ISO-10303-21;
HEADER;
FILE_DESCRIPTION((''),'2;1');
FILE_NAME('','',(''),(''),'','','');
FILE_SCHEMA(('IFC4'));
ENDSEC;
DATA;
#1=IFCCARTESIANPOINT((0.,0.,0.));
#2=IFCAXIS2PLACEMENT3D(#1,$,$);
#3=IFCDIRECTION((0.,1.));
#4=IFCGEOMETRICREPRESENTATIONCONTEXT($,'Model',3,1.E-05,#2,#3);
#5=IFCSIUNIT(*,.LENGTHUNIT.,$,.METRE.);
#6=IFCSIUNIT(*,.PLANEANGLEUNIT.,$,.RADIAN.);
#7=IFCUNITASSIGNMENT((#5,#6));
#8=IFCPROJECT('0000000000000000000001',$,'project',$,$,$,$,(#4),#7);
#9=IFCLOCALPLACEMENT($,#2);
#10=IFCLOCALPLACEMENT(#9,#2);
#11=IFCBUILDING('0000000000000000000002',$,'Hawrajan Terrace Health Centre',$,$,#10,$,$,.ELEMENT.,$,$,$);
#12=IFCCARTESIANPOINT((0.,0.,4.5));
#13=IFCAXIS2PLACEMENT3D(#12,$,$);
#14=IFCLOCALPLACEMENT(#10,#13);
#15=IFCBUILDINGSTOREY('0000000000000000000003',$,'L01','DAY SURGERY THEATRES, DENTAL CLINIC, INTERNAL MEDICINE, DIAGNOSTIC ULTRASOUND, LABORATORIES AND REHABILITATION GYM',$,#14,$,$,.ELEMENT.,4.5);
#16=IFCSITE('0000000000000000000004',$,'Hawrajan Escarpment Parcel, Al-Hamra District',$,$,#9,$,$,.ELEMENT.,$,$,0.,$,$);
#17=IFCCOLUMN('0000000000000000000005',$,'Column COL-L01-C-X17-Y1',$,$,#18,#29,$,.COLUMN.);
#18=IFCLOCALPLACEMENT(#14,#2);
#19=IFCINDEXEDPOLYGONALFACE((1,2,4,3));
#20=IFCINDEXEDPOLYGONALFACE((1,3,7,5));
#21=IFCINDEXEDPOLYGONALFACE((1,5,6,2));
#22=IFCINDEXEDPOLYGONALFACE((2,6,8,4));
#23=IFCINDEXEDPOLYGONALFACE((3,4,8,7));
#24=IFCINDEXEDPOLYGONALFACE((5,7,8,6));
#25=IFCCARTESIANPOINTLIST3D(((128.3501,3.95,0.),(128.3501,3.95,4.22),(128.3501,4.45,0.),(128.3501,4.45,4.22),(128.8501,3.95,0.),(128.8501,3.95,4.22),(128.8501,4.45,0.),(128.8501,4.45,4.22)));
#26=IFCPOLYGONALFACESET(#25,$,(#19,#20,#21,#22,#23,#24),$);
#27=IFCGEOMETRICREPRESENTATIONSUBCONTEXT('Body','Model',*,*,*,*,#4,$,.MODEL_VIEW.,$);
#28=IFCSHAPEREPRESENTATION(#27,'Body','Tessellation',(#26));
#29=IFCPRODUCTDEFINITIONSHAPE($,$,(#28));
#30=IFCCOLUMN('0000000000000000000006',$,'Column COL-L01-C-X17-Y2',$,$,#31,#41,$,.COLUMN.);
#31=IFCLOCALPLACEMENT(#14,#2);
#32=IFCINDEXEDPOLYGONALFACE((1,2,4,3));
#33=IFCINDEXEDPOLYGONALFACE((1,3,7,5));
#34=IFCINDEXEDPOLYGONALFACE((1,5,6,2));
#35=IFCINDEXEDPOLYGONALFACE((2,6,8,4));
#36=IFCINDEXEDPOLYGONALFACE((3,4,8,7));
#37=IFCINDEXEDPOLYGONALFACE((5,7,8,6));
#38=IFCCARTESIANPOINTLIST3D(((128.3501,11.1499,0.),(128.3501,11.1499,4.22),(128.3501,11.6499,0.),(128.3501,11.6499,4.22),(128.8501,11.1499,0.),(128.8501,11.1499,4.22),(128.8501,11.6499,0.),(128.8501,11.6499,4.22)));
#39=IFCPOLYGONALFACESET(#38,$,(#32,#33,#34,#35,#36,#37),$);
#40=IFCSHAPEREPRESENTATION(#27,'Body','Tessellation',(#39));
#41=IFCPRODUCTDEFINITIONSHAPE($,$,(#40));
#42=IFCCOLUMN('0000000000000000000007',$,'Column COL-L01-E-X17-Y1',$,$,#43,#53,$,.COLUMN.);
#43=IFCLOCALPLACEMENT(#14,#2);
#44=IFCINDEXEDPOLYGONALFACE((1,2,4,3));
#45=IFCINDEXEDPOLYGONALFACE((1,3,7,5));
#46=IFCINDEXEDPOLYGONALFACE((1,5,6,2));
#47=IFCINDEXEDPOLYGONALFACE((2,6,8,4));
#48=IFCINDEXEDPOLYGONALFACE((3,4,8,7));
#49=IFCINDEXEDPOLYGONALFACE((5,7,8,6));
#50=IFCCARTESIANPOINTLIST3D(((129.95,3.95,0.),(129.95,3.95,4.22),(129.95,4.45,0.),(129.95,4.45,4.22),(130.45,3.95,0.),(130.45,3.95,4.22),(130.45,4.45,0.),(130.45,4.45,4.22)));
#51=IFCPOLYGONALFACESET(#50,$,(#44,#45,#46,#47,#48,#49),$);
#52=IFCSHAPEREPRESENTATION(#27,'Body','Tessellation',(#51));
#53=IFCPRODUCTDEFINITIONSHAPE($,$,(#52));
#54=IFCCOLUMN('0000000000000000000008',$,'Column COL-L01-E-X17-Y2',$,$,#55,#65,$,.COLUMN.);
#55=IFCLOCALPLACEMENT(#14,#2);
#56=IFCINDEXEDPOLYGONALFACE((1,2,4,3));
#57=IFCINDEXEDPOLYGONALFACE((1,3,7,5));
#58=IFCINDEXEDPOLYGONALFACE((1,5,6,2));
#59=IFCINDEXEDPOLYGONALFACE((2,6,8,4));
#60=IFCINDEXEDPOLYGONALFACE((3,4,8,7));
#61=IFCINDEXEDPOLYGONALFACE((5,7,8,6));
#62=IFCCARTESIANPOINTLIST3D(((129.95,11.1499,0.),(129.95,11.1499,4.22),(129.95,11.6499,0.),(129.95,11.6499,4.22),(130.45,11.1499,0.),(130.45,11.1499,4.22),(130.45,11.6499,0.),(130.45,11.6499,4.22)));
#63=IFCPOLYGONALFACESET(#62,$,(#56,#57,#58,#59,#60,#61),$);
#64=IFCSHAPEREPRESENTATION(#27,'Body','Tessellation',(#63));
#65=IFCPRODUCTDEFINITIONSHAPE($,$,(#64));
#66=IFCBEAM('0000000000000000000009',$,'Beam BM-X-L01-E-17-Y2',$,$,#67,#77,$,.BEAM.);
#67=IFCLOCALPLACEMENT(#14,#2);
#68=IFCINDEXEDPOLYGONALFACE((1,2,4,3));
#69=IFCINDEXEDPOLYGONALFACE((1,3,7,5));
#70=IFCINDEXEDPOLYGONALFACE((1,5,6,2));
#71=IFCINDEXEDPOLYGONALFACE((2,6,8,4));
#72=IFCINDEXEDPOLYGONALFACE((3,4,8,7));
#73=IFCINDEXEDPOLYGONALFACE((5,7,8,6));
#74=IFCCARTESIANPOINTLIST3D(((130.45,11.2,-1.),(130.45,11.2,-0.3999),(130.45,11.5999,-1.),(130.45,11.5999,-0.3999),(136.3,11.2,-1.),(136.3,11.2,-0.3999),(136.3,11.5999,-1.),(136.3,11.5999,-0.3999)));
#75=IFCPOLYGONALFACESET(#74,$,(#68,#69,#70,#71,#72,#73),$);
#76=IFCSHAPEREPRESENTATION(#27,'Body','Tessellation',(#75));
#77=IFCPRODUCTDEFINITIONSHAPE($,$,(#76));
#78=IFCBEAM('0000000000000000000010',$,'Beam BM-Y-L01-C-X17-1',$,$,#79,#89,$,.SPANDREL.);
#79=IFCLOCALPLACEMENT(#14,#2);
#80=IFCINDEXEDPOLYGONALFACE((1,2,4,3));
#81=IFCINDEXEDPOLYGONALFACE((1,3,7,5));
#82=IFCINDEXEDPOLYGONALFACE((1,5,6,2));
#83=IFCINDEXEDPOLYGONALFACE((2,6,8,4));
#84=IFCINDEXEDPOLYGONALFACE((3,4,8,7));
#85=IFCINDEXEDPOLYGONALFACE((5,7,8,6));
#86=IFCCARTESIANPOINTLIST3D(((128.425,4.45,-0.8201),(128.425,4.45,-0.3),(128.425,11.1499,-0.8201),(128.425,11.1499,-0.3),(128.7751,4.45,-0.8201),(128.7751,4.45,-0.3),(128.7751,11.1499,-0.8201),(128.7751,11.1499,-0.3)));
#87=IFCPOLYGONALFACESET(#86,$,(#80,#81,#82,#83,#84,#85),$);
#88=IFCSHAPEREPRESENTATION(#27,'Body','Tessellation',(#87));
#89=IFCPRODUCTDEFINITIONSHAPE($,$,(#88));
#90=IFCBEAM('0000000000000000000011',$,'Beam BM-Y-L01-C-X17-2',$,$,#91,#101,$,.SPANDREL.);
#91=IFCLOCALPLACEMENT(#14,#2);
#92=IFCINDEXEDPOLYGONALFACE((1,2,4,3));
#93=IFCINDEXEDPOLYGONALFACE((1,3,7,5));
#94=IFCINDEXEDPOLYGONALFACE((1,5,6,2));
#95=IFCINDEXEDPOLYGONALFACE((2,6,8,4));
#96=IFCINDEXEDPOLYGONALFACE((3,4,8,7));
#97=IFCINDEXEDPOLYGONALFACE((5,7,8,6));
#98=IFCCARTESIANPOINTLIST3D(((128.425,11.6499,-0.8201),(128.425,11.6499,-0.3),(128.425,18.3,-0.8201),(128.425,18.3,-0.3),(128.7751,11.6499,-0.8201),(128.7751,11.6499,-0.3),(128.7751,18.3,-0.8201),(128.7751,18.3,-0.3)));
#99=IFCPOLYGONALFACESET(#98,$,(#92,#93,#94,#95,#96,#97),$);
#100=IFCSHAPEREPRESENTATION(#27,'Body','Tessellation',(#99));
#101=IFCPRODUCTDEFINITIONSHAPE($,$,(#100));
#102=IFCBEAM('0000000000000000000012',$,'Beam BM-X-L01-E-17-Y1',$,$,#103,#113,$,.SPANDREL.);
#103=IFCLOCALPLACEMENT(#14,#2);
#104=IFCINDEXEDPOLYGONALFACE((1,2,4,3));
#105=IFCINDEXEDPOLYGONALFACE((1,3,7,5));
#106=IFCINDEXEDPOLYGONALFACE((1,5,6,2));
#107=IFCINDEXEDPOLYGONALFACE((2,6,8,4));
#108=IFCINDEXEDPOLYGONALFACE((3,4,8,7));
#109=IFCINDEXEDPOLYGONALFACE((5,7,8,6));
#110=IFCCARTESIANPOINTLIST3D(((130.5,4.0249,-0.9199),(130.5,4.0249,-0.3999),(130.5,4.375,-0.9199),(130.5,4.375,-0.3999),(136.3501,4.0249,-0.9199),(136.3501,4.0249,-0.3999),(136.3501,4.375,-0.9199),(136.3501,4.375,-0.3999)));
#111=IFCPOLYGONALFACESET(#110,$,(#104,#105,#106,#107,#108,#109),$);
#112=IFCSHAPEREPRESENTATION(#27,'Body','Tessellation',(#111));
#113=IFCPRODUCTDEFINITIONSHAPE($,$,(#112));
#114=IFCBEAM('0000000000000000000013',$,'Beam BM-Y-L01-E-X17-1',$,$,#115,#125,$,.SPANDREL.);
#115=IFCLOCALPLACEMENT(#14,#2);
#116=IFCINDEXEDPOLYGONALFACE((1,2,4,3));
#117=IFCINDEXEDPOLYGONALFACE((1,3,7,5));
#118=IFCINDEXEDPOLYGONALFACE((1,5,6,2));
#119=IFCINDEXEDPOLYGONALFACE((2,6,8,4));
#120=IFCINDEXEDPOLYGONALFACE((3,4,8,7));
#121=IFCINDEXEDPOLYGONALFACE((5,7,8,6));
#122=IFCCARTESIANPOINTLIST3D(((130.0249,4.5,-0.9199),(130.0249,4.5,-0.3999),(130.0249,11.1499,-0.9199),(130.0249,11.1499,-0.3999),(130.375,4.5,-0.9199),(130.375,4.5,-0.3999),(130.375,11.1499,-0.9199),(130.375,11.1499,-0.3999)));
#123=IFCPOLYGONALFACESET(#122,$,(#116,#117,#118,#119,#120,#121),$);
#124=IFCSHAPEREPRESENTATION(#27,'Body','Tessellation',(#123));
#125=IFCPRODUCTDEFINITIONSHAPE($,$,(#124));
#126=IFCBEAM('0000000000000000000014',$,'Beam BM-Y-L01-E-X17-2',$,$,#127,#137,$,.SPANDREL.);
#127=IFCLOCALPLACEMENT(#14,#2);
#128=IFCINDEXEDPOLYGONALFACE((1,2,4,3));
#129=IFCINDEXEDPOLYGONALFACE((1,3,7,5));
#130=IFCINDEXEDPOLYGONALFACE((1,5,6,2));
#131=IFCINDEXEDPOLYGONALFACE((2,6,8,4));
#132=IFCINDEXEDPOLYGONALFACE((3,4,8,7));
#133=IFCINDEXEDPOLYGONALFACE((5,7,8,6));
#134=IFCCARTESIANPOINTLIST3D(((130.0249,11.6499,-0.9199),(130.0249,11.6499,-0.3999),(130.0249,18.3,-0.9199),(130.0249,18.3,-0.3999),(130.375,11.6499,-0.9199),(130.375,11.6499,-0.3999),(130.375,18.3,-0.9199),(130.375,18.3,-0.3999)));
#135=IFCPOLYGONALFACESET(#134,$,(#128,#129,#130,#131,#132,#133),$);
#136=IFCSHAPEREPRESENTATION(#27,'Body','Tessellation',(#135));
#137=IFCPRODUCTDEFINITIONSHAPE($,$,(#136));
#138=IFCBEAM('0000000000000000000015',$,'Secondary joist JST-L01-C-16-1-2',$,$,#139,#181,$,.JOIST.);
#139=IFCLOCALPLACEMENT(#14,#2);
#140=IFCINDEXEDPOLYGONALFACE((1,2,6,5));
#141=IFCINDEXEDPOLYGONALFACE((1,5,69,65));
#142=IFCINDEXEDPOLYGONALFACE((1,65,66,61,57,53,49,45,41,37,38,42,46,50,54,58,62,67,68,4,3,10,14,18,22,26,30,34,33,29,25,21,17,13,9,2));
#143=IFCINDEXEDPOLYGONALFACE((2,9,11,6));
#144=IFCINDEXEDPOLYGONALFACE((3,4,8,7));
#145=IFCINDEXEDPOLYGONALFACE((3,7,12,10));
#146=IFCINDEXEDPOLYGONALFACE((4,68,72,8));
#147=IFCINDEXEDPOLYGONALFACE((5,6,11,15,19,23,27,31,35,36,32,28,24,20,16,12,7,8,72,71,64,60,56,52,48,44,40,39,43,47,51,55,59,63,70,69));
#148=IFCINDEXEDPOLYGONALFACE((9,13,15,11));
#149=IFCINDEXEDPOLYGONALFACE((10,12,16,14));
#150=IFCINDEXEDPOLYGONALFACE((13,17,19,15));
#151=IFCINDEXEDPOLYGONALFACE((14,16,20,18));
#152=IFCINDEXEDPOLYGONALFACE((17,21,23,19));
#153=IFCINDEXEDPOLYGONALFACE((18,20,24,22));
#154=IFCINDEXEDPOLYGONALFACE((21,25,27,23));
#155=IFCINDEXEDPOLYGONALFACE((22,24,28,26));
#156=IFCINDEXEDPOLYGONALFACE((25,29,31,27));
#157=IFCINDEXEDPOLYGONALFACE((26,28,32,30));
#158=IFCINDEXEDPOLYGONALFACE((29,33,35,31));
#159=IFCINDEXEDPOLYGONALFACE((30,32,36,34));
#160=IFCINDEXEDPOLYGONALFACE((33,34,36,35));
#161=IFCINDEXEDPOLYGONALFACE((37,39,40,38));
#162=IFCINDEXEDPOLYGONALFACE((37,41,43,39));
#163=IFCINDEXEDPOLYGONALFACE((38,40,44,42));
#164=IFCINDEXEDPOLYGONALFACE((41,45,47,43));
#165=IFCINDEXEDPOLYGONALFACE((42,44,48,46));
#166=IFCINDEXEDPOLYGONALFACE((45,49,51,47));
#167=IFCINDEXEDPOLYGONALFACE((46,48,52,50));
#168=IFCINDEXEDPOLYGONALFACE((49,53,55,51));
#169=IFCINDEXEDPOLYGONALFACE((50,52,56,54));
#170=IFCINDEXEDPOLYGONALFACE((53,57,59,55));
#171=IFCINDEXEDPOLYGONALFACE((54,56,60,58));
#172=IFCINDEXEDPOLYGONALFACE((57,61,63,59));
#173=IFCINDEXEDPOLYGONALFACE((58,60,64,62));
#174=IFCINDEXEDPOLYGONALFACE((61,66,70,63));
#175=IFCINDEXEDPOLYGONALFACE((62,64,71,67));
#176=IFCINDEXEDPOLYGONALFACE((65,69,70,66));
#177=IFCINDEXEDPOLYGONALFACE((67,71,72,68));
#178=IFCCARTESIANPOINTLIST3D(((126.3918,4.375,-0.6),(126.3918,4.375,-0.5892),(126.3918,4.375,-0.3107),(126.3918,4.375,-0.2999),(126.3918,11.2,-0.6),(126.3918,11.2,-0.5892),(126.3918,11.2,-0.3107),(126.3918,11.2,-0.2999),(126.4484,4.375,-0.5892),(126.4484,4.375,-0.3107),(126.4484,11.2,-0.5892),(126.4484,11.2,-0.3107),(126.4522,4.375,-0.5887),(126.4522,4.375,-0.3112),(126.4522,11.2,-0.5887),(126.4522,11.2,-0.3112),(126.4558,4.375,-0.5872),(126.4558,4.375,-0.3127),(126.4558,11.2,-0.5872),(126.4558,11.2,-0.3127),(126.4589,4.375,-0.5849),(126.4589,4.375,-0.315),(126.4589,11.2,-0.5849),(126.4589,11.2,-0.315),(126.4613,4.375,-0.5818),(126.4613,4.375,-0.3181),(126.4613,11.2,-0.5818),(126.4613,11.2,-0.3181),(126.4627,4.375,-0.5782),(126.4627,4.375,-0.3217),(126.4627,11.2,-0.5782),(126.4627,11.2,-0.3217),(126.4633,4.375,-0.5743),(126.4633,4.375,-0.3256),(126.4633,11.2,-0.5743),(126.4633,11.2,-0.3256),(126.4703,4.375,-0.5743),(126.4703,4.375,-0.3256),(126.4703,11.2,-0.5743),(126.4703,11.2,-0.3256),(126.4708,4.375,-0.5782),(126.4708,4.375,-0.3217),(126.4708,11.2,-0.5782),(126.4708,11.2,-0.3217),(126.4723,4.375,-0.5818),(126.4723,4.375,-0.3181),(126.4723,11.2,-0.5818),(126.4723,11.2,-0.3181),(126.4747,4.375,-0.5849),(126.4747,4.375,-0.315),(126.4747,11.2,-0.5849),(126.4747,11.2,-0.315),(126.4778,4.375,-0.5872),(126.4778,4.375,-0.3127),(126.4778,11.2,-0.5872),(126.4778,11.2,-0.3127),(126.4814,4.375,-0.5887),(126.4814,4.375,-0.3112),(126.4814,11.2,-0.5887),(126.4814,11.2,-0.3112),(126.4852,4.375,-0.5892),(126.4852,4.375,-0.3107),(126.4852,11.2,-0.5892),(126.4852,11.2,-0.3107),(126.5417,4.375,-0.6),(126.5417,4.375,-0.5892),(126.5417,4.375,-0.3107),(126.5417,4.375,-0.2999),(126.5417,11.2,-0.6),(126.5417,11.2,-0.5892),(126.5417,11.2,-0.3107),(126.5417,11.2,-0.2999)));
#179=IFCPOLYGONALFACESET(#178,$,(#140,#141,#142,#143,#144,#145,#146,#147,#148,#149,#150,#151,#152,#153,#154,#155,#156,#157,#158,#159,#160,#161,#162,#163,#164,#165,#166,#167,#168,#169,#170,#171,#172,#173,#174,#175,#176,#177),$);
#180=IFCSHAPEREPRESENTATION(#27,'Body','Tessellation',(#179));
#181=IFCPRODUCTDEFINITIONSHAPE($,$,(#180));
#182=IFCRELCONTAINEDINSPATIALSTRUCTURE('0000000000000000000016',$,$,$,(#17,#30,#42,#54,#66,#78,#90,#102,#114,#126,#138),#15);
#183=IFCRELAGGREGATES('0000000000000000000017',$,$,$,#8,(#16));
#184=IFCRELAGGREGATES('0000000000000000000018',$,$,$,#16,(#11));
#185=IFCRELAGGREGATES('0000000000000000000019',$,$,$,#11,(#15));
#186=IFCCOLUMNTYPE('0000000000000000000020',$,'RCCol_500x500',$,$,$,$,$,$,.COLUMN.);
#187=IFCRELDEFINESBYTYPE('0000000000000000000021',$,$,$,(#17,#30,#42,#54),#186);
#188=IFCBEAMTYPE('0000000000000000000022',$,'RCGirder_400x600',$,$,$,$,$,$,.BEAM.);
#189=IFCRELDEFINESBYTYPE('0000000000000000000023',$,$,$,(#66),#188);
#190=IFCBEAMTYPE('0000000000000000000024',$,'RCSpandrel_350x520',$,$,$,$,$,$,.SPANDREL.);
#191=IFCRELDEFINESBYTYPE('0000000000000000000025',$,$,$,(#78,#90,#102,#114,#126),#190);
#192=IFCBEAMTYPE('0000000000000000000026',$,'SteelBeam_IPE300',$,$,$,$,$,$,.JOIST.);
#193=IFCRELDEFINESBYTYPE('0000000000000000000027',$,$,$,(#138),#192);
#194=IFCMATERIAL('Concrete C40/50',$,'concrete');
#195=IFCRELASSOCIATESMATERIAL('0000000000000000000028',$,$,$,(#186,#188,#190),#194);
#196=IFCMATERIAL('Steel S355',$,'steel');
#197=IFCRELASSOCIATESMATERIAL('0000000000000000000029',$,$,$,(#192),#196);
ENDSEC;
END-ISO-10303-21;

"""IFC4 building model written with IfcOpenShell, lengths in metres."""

from ifc_helpers import new_model, si_unit, direction, frame, origin, origin_2d, place, context, subcontext, project, spatial, rectangle, i_section, extrude, material, material_profile, profile_set, type_object, element, save


model = new_model("IFC4")

# Units and contexts
model_context = context("Model", 3, precision=1e-05, world=origin(), true_north=direction((0.0, 1.0)))
body_context = subcontext(model_context, "Body", "Model", "MODEL_VIEW")
ifc_project = project(units=[si_unit("LENGTHUNIT", "METRE"), si_unit("PLANEANGLEUNIT", "RADIAN")], contexts=[model_context])

# Site, building, storey
site_placement = place(None, origin())
site = spatial("IfcSite", under=ifc_project, at=site_placement, Name="Hawrajan Escarpment Parcel, Al-Hamra District", CompositionType="ELEMENT", RefElevation=0.0)
building_placement = place(site_placement, origin())
building = spatial("IfcBuilding", under=site, at=building_placement, Name="Hawrajan Terrace Health Centre", CompositionType="ELEMENT")
storey_placement = place(building_placement, frame((0.0, 0.0, 4.5)))
storey = spatial("IfcBuildingStorey", under=building, at=storey_placement, Name="L01", Description="DAY SURGERY THEATRES, DENTAL CLINIC, INTERNAL MEDICINE, DIAGNOSTIC ULTRASOUND, LABORATORIES AND REHABILITATION GYM", CompositionType="ELEMENT", Elevation=4.5)

# Columns
ifc_material_1 = material(Name="Concrete C40/50", Category="concrete")
ifc_material_profile_1 = material_profile(ifc_material_1, rectangle(XDim=0.5, YDim=0.5, at=origin_2d()), Name="RC 500x500")
ifc_profile_set_1 = profile_set([ifc_material_profile_1], Name="Concrete C40/50")
column_type = type_object("IfcColumnType", Name="RCCol_500x500", PredefinedType="COLUMN", material=ifc_profile_set_1)
for number, where, z_axis, x_axis, name in (
    (1, (128.6001, 4.2, 0.0), (0.0, 0.0, 1.0), (1.0, 0.0, 0.0), "Column COL-L01-C-X17-Y1"),
    (2, (128.6001, 11.3999, 0.0), (0.0, 0.0, 1.0), (1.0, 0.0, 0.0), "Column COL-L01-C-X17-Y2"),
    (3, (130.2, 4.2, 0.0), (0.0, 0.0, 1.0), (1.0, 0.0, 0.0), "Column COL-L01-E-X17-Y1"),
    (4, (130.2, 11.3999, 0.0), (0.0, 0.0, 1.0), (1.0, 0.0, 0.0), "Column COL-L01-E-X17-Y2"),
):
    element("IfcColumn", number, at=place(storey_placement, frame(where, z_axis=z_axis, x_axis=x_axis)), inside=storey, type_object=column_type, Name=name, PredefinedType="COLUMN", context=body_context, shape_type="SweptSolid", body=[
        extrude(rectangle(XDim=0.5, YDim=0.5, at=origin_2d()), origin(), (0.0, 0.0, 1.0), 4.22),
    ])

# Beams
ifc_material_profile_2 = material_profile(ifc_material_1, rectangle(XDim=0.3999, YDim=0.6001, at=origin_2d()), Name="RC BM 400x600")
ifc_profile_set_2 = profile_set([ifc_material_profile_2], Name="Concrete C40/50")
beam_type_1 = type_object("IfcBeamType", Name="RCGirder_400x600", PredefinedType="BEAM", material=ifc_profile_set_2)
beam_1_placement = place(storey_placement, frame((130.45, 11.3999, -0.7), z_axis=(1.0, 0.0, 0.0), x_axis=(0.0, 1.0, 0.0)))
element("IfcBeam", 5, at=beam_1_placement, inside=storey, type_object=beam_type_1, Name="Beam BM-X-L01-E-17-Y2", PredefinedType="BEAM", context=body_context, shape_type="SweptSolid", body=[
    extrude(rectangle(XDim=0.3999, YDim=0.6001, at=origin_2d()), origin(), (0.0, 0.0, 1.0), 5.8501),
])
ifc_material_profile_3 = material_profile(ifc_material_1, rectangle(XDim=0.3501, YDim=0.52, at=origin_2d()), Name="RC SP 350x520")
ifc_profile_set_3 = profile_set([ifc_material_profile_3], Name="Concrete C40/50")
beam_type_2 = type_object("IfcBeamType", Name="RCSpandrel_350x520", PredefinedType="SPANDREL", material=ifc_profile_set_3)
beam_2_placement = place(storey_placement, frame((128.6001, 4.45, -0.5601), z_axis=(0.0, 1.0, 0.0), x_axis=(-1.0, 0.0, 0.0)))
element("IfcBeam", 6, at=beam_2_placement, inside=storey, type_object=beam_type_2, Name="Beam BM-Y-L01-C-X17-1", PredefinedType="SPANDREL", context=body_context, shape_type="SweptSolid", body=[
    extrude(rectangle(XDim=0.3501, YDim=0.52, at=origin_2d()), origin(), (0.0, 0.0, 1.0), 6.7),
])
beam_3_placement = place(storey_placement, frame((128.6001, 11.6499, -0.5601), z_axis=(0.0, 1.0, 0.0), x_axis=(-1.0, 0.0, 0.0)))
element("IfcBeam", 7, at=beam_3_placement, inside=storey, type_object=beam_type_2, Name="Beam BM-Y-L01-C-X17-2", PredefinedType="SPANDREL", context=body_context, shape_type="SweptSolid", body=[
    extrude(rectangle(XDim=0.3501, YDim=0.52, at=origin_2d()), origin(), (0.0, 0.0, 1.0), 6.6501),
])
beam_4_placement = place(storey_placement, frame((130.5, 4.2, -0.6599), z_axis=(1.0, 0.0, 0.0), x_axis=(0.0, 1.0, 0.0)))
element("IfcBeam", 8, at=beam_4_placement, inside=storey, type_object=beam_type_2, Name="Beam BM-X-L01-E-17-Y1", PredefinedType="SPANDREL", context=body_context, shape_type="SweptSolid", body=[
    extrude(rectangle(XDim=0.3501, YDim=0.52, at=origin_2d()), origin(), (0.0, 0.0, 1.0), 5.8501),
])
beam_5_placement = place(storey_placement, frame((130.2, 4.5, -0.6599), z_axis=(0.0, 1.0, 0.0), x_axis=(-1.0, 0.0, 0.0)))
element("IfcBeam", 9, at=beam_5_placement, inside=storey, type_object=beam_type_2, Name="Beam BM-Y-L01-E-X17-1", PredefinedType="SPANDREL", context=body_context, shape_type="SweptSolid", body=[
    extrude(rectangle(XDim=0.3501, YDim=0.52, at=origin_2d()), origin(), (0.0, 0.0, 1.0), 6.6499),
])
beam_6_placement = place(storey_placement, frame((130.2, 11.6499, -0.6599), z_axis=(0.0, 1.0, 0.0), x_axis=(-1.0, 0.0, 0.0)))
element("IfcBeam", 10, at=beam_6_placement, inside=storey, type_object=beam_type_2, Name="Beam BM-Y-L01-E-X17-2", PredefinedType="SPANDREL", context=body_context, shape_type="SweptSolid", body=[
    extrude(rectangle(XDim=0.3501, YDim=0.52, at=origin_2d()), origin(), (0.0, 0.0, 1.0), 6.6501),
])
ifc_material_2 = material(Name="Steel S355", Category="steel")
ifc_material_profile_4 = material_profile(ifc_material_2, i_section(OverallWidth=0.1499, OverallDepth=0.3, WebThickness=0.0071, FlangeThickness=0.0107, FilletRadius=0.0149, at=origin_2d()), Name="IPE 300")
ifc_profile_set_4 = profile_set([ifc_material_profile_4], Name="Steel S355")
beam_type_3 = type_object("IfcBeamType", Name="SteelBeam_IPE300", PredefinedType="JOIST", material=ifc_profile_set_4)
beam_7_placement = place(storey_placement, frame((126.4668, 4.375, -0.45), z_axis=(0.0, 1.0, 0.0), x_axis=(-1.0, 0.0, 0.0)))
element("IfcBeam", 11, at=beam_7_placement, inside=storey, type_object=beam_type_3, Name="Secondary joist JST-L01-C-16-1-2", PredefinedType="JOIST", context=body_context, shape_type="SweptSolid", body=[
    extrude(i_section(OverallWidth=0.1499, OverallDepth=0.3, WebThickness=0.0071, FlangeThickness=0.0107, FilletRadius=0.0149, at=origin_2d()), origin(), (0.0, 0.0, 1.0), 6.825),
])

save(model, "model.ifc")
